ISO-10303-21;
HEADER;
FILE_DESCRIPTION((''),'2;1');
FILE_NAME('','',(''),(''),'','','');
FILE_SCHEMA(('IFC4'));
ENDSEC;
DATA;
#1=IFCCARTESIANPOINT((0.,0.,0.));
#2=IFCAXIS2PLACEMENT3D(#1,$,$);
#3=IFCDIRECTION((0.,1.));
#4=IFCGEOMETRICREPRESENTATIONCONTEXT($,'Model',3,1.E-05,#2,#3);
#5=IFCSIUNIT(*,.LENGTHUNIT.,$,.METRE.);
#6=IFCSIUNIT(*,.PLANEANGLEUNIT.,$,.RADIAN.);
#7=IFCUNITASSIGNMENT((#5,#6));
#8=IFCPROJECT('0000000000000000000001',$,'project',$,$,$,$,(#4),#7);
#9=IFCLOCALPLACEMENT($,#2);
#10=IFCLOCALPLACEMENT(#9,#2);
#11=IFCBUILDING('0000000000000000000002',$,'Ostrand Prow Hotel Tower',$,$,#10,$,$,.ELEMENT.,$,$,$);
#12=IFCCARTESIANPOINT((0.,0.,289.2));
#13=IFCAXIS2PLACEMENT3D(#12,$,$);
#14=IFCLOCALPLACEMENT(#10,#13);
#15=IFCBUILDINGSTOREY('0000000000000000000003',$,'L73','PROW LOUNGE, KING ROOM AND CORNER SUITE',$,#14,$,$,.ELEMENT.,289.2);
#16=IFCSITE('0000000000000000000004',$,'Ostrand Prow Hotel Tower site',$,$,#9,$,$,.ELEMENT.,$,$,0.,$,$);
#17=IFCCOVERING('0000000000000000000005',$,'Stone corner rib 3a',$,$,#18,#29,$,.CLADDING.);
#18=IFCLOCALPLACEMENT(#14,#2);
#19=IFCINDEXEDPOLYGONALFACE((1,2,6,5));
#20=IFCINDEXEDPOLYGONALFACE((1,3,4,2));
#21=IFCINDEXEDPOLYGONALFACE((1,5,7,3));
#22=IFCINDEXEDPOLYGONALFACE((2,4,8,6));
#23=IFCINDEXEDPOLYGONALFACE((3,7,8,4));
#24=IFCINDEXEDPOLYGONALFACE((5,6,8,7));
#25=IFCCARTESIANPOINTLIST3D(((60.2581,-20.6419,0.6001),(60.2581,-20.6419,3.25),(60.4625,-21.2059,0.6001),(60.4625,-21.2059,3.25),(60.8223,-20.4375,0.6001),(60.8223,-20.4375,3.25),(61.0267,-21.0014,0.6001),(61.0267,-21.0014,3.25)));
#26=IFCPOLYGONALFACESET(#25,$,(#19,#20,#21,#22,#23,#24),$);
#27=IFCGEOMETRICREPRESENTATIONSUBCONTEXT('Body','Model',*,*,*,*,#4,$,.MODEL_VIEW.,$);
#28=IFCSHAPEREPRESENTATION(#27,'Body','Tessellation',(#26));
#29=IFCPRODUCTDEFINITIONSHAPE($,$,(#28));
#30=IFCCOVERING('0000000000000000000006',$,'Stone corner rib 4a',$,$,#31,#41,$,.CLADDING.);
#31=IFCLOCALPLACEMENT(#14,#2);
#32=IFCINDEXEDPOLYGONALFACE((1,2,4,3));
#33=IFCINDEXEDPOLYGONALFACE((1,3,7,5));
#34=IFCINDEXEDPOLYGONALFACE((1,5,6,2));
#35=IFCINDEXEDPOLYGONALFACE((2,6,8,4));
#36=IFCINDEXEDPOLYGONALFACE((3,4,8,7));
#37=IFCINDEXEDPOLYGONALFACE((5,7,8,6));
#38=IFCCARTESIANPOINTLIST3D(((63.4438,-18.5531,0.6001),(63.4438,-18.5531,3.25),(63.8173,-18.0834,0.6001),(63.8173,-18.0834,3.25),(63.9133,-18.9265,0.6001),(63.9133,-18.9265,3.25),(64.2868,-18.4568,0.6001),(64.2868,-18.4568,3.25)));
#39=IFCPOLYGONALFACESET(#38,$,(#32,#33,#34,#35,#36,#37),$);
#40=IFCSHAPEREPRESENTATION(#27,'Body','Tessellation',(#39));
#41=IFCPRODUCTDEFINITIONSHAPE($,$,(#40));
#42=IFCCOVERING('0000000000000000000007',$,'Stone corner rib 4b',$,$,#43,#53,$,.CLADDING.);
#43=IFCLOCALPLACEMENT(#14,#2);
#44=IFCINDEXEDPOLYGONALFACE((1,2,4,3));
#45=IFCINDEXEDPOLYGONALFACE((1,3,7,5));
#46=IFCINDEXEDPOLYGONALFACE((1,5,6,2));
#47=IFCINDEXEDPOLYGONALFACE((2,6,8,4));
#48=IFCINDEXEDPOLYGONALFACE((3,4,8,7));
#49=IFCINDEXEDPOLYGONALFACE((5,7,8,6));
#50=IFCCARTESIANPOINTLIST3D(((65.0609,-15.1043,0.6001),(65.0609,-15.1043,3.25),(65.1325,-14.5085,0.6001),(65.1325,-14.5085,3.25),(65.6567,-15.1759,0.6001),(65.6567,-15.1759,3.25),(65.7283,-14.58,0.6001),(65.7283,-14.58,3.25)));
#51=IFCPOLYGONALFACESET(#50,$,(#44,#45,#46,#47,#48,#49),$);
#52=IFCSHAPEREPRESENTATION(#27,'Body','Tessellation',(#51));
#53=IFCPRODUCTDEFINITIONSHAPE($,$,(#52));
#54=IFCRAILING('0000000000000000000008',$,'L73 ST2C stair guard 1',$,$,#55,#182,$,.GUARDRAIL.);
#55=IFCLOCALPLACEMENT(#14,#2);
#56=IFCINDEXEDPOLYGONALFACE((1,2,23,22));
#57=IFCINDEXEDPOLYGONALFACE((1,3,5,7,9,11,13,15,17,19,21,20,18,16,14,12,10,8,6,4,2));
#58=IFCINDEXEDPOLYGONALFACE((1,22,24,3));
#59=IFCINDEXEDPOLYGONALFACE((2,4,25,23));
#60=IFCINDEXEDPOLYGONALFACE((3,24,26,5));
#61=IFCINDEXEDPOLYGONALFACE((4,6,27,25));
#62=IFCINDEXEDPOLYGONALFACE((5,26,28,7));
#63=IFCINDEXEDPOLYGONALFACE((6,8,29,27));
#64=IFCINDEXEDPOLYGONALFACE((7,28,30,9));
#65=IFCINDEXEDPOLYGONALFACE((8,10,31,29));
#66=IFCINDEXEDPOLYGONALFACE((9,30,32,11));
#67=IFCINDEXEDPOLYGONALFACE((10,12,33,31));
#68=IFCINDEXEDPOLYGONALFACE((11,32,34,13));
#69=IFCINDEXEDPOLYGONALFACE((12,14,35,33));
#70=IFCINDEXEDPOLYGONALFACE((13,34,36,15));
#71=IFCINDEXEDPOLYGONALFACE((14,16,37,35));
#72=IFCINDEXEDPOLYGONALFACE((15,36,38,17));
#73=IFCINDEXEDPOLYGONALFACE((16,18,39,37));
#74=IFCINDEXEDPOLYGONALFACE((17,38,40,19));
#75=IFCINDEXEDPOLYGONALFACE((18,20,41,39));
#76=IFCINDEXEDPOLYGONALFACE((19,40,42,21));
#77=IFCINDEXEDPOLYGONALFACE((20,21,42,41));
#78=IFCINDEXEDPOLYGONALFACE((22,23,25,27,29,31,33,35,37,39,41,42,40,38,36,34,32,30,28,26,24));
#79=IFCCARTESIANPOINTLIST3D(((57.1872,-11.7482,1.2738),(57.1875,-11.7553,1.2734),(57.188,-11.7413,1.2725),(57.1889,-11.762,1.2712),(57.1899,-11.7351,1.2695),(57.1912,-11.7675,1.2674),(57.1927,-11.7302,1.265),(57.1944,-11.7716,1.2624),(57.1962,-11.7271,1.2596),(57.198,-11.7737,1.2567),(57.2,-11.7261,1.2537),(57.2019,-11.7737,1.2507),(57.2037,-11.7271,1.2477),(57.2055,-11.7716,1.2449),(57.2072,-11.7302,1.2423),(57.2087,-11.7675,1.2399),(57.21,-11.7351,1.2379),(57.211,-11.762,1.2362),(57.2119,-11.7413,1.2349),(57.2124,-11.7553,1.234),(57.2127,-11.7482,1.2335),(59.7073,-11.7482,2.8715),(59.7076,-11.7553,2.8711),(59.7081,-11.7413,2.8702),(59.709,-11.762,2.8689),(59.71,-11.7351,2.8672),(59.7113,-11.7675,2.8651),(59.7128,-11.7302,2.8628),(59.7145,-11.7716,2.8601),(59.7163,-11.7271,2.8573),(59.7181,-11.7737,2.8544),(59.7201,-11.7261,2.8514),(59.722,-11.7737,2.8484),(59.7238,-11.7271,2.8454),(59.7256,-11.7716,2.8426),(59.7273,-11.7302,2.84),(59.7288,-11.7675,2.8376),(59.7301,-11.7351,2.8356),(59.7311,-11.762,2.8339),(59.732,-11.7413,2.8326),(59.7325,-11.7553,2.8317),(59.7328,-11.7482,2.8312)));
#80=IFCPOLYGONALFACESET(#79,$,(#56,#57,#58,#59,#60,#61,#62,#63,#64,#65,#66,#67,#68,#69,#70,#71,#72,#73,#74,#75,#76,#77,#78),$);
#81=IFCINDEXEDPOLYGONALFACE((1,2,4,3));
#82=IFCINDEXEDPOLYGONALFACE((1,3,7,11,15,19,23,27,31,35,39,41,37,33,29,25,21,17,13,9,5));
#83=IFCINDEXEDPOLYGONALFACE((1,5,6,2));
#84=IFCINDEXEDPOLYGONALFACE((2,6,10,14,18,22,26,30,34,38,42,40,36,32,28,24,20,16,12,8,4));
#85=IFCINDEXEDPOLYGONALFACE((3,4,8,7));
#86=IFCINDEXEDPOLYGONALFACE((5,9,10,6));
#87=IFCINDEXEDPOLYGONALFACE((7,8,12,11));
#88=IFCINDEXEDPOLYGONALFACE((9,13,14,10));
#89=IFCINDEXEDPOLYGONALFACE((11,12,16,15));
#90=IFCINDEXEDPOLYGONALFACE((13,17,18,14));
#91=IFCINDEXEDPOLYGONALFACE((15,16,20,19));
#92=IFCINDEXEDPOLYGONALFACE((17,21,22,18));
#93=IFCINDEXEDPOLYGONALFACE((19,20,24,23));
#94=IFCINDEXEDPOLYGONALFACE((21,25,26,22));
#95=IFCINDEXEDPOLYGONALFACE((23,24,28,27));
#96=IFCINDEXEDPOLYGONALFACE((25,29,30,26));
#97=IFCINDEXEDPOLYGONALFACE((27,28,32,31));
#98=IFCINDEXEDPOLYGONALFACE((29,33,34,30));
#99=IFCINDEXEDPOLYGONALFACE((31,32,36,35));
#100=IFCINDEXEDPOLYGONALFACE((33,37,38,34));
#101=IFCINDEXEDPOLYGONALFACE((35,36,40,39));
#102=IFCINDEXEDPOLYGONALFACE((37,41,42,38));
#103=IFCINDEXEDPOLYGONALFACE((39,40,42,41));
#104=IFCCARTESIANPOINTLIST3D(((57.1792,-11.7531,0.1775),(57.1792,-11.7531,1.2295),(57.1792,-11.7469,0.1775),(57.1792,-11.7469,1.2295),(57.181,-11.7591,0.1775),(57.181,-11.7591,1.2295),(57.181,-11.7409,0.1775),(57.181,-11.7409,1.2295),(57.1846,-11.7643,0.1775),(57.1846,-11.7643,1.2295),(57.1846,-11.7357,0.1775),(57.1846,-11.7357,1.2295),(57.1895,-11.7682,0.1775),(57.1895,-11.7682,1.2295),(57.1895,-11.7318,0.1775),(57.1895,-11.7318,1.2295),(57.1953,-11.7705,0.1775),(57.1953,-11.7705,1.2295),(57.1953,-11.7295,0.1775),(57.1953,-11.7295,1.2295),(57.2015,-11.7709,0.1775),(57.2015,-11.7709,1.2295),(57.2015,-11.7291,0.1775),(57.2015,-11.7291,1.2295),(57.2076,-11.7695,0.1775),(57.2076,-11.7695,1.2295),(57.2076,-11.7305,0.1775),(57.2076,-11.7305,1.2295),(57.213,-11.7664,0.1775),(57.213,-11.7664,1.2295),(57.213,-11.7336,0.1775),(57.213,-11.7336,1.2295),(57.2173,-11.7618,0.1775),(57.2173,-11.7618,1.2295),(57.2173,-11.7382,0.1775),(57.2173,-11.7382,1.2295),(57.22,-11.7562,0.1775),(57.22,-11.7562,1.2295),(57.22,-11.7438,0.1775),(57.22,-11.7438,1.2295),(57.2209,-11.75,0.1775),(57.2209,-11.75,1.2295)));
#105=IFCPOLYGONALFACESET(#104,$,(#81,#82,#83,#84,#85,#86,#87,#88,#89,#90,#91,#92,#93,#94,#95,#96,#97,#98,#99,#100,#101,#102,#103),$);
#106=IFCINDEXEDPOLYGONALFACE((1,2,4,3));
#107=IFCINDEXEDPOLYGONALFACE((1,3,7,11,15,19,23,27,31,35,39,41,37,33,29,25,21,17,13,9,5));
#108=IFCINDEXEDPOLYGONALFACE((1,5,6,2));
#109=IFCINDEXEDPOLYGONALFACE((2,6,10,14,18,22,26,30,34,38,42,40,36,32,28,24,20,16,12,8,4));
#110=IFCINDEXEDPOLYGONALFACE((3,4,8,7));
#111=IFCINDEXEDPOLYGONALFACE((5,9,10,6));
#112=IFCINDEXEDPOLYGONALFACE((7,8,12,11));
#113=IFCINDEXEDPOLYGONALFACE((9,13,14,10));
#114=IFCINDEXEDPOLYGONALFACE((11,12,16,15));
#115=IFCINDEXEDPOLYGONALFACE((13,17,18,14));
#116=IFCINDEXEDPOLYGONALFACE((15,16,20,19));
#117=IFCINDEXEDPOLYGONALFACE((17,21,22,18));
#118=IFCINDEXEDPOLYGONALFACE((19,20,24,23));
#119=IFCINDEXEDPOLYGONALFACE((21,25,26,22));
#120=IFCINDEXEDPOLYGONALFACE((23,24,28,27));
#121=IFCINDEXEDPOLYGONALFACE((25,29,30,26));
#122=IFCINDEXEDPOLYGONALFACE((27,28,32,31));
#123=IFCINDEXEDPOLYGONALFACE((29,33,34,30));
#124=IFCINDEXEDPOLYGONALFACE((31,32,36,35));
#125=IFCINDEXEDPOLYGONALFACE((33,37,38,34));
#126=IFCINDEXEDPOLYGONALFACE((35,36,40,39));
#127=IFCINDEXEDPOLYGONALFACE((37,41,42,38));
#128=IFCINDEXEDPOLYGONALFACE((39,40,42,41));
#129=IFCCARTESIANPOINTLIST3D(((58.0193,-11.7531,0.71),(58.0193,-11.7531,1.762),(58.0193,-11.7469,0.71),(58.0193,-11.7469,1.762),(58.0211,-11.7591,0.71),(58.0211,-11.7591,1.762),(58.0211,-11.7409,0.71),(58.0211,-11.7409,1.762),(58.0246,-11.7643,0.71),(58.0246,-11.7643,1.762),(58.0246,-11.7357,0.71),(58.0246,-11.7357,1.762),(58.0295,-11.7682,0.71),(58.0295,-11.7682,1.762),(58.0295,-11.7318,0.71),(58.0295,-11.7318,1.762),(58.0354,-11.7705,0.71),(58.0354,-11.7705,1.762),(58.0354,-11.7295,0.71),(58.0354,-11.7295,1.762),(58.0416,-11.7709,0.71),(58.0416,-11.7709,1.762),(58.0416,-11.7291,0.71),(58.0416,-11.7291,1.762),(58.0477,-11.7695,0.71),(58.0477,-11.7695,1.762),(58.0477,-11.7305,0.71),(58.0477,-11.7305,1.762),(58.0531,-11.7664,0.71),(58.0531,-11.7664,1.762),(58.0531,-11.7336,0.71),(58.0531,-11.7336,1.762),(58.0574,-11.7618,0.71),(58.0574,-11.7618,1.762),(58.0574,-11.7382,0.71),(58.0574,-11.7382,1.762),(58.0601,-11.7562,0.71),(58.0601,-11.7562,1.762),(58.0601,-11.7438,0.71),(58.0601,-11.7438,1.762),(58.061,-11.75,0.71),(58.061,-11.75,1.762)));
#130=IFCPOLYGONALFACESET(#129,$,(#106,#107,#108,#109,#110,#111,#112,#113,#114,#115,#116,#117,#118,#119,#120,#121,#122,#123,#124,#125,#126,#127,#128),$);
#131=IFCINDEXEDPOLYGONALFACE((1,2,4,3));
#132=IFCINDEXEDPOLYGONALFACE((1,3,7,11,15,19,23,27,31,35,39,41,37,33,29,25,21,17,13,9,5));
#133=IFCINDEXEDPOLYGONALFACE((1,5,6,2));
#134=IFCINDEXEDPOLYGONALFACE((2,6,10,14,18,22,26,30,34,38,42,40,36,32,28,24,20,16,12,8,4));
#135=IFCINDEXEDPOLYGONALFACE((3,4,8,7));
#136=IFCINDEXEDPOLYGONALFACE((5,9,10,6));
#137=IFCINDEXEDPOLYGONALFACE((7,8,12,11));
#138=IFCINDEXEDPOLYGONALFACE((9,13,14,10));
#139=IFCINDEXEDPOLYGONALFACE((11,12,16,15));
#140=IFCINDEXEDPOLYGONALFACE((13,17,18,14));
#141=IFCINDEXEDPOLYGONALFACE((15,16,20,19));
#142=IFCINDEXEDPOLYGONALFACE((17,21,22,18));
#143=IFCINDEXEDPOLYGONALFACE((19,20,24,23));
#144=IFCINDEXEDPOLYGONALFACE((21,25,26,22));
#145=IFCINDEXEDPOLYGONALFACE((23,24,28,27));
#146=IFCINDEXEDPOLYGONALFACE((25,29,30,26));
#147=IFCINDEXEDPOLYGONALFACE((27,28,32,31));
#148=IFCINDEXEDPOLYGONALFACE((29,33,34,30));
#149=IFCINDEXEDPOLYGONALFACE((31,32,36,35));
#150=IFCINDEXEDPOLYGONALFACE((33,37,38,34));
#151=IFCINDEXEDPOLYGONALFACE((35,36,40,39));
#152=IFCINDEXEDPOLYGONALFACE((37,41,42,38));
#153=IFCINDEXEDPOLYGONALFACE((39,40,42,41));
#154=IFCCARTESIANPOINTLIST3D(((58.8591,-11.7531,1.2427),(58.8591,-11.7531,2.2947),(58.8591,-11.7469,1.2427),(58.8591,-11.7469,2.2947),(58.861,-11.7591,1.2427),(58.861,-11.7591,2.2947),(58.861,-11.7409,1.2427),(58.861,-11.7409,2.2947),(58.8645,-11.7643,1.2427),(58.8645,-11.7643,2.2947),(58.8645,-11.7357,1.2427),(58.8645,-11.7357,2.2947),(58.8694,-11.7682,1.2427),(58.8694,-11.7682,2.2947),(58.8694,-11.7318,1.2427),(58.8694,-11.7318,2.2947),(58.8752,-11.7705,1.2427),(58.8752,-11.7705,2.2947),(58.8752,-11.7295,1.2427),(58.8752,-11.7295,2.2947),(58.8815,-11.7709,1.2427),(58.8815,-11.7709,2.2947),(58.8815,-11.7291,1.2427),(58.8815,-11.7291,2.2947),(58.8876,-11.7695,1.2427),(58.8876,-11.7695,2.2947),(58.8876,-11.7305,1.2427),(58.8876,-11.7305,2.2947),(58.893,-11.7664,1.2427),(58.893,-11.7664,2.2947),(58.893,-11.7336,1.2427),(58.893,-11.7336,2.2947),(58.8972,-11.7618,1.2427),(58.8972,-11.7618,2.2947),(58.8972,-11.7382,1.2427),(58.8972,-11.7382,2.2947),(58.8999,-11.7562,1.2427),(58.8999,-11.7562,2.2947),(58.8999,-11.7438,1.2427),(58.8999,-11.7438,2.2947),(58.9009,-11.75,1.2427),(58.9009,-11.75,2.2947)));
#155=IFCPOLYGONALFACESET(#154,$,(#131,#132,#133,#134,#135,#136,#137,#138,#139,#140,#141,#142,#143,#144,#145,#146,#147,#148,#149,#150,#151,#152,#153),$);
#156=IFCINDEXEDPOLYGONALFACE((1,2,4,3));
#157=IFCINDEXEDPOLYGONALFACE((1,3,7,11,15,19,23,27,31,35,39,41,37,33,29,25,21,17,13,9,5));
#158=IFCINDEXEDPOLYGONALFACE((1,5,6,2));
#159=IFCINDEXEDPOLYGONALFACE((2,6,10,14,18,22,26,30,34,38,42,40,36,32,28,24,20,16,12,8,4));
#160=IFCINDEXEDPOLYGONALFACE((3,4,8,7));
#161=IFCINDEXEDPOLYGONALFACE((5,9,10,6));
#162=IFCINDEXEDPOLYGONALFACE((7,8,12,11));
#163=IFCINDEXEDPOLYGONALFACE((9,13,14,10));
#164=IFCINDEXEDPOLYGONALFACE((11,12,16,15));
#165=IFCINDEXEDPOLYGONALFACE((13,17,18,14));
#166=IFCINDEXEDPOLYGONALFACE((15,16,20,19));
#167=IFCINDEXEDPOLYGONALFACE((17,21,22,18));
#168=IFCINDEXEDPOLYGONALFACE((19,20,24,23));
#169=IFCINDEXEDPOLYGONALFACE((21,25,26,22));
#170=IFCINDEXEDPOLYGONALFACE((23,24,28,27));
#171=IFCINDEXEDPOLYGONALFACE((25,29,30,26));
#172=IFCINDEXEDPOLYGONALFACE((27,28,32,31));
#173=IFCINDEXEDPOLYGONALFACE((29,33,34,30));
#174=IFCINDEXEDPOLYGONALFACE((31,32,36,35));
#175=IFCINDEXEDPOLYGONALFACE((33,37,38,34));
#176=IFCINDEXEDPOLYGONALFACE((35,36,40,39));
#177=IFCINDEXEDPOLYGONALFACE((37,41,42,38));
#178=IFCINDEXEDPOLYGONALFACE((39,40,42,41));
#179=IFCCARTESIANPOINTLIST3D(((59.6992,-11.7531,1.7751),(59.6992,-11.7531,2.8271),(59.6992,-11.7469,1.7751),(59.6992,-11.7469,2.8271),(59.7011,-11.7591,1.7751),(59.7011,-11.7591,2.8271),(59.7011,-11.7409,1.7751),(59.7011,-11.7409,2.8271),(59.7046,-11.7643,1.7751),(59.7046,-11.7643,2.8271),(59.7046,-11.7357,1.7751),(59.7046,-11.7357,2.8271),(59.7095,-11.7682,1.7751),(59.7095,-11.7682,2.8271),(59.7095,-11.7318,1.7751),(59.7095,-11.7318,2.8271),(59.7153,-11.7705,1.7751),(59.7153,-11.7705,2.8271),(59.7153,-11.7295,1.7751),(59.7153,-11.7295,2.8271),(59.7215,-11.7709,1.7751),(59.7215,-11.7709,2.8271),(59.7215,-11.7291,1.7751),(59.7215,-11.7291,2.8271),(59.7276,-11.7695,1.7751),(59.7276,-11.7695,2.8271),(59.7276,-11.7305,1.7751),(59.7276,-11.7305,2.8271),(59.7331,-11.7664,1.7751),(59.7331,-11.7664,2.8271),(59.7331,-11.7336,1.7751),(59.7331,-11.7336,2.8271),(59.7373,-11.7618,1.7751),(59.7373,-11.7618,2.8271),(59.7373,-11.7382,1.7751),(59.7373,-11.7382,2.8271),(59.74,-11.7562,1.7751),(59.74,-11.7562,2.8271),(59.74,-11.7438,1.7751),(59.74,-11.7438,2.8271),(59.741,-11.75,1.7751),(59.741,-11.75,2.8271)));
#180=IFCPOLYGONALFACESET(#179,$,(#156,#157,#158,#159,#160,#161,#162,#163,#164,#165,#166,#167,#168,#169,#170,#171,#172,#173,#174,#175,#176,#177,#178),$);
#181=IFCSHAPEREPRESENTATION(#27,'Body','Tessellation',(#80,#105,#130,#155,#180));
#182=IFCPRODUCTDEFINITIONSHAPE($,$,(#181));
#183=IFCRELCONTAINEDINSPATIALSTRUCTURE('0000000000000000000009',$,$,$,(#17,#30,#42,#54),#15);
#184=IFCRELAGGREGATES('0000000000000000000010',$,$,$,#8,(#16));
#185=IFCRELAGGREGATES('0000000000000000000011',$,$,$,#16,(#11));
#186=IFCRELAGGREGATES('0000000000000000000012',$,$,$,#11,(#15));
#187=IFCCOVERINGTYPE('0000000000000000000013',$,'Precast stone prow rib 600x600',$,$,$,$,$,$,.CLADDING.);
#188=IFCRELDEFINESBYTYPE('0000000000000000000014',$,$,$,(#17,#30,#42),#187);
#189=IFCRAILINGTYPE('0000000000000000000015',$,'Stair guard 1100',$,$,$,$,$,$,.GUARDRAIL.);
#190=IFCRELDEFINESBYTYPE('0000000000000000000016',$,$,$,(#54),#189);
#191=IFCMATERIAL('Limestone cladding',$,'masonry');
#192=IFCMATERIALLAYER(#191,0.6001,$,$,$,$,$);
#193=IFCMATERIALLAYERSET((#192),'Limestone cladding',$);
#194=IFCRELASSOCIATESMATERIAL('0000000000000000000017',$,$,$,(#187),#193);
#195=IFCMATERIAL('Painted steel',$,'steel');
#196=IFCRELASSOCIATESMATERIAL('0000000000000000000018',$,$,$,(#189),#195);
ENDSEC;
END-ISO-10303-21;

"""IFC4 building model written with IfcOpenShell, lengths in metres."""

from ifc_helpers import new_model, si_unit, direction, frame, frame_2d, origin, origin_2d, place, context, subcontext, project, spatial, rectangle, circle, extrude, material, layer, layer_set, type_object, element, save


model = new_model("IFC4")

# Units and contexts
model_context = context("Model", 3, precision=1e-05, world=origin(), true_north=direction((0.0, 1.0)))
body_context = subcontext(model_context, "Body", "Model", "MODEL_VIEW")
ifc_project = project(units=[si_unit("LENGTHUNIT", "METRE"), si_unit("PLANEANGLEUNIT", "RADIAN")], contexts=[model_context])

# Site, building, storey
site_placement = place(None, origin())
site = spatial("IfcSite", under=ifc_project, at=site_placement, Name="Ostrand Prow Hotel Tower site", CompositionType="ELEMENT", RefElevation=0.0)
building_placement = place(site_placement, origin())
building = spatial("IfcBuilding", under=site, at=building_placement, Name="Ostrand Prow Hotel Tower", CompositionType="ELEMENT")
storey_placement = place(building_placement, frame((0.0, 0.0, 289.2)))
storey = spatial("IfcBuildingStorey", under=building, at=storey_placement, Name="L73", Description="PROW LOUNGE, KING ROOM AND CORNER SUITE", CompositionType="ELEMENT", Elevation=289.2)

# Coverings
ifc_material_1 = material(Name="Limestone cladding", Category="masonry")
ifc_layer_1 = layer(ifc_material_1, 0.6001)
ifc_layer_set_1 = layer_set([ifc_layer_1], Name="Limestone cladding")
covering_type = type_object("IfcCoveringType", Name="Precast stone prow rib 600x600", PredefinedType="CLADDING", material=ifc_layer_set_1)
for number, where, z_axis, x_axis, name in (
    (1, (60.5403, -20.5398, 0.6001), (0.0, 0.0, 1.0), (0.340664, -0.940185, 0.0), "Stone corner rib 3a"),
    (2, (63.6306, -18.3184, 0.6001), (0.0, 0.0, 1.0), (0.782732, -0.622359, 0.0), "Stone corner rib 4a"),
):
    element("IfcCovering", number, at=place(storey_placement, frame(where, z_axis=z_axis, x_axis=x_axis)), inside=storey, type_object=covering_type, Name=name, PredefinedType="CLADDING", context=body_context, shape_type="SweptSolid", body=[
        extrude(rectangle(XDim=0.5999, YDim=0.6001, at=frame_2d((0.2998, 0.0))), origin(), (0.0, 0.0, 1.0), 2.6499),
    ])
covering_1_placement = place(storey_placement, frame((65.0967, -14.8064, 0.6001), z_axis=(0.0, 0.0, 1.0), x_axis=(0.992867, -0.119225, 0.0)))
element("IfcCovering", 3, at=covering_1_placement, inside=storey, type_object=covering_type, Name="Stone corner rib 4b", PredefinedType="CLADDING", context=body_context, shape_type="SweptSolid", body=[
    extrude(rectangle(XDim=0.6001, YDim=0.6001, at=frame_2d((0.3, 0.0))), origin(), (0.0, 0.0, 1.0), 2.6499),
])

# Railing
ifc_material_2 = material(Name="Painted steel", Category="steel")
railing_type_1 = type_object("IfcRailingType", Name="Stair guard 1100", PredefinedType="GUARDRAIL", material=ifc_material_2)
railing_1_placement = place(storey_placement, frame((57.2, -11.75, 0.1775)))
element("IfcRailing", 4, at=railing_1_placement, inside=storey, type_object=railing_type_1, Name="L73 ST2C stair guard 1", PredefinedType="GUARDRAIL", context=body_context, shape_type="SweptSolid", body=[
    extrude(circle(Radius=0.0239, at=origin_2d()), frame((0.0, 0.0, 1.0762), z_axis=(0.84457, 0.0, 0.535445), x_axis=(0.0, 1.0, 0.0)), (0.0, 0.0, 1.0), 2.9839),
    extrude(circle(Radius=0.021, at=origin_2d()), origin(), (0.0, 0.0, 1.0), 1.052),
    extrude(circle(Radius=0.021, at=origin_2d()), frame((0.8401, 0.0, 0.5325)), (0.0, 0.0, 1.0), 1.052),
    extrude(circle(Radius=0.021, at=origin_2d()), frame((1.6799, 0.0, 1.0652)), (0.0, 0.0, 1.0), 1.052),
    extrude(circle(Radius=0.021, at=origin_2d()), frame((2.52, 0.0, 1.5977)), (0.0, 0.0, 1.0), 1.052),
])

save(model, "model.ifc")
